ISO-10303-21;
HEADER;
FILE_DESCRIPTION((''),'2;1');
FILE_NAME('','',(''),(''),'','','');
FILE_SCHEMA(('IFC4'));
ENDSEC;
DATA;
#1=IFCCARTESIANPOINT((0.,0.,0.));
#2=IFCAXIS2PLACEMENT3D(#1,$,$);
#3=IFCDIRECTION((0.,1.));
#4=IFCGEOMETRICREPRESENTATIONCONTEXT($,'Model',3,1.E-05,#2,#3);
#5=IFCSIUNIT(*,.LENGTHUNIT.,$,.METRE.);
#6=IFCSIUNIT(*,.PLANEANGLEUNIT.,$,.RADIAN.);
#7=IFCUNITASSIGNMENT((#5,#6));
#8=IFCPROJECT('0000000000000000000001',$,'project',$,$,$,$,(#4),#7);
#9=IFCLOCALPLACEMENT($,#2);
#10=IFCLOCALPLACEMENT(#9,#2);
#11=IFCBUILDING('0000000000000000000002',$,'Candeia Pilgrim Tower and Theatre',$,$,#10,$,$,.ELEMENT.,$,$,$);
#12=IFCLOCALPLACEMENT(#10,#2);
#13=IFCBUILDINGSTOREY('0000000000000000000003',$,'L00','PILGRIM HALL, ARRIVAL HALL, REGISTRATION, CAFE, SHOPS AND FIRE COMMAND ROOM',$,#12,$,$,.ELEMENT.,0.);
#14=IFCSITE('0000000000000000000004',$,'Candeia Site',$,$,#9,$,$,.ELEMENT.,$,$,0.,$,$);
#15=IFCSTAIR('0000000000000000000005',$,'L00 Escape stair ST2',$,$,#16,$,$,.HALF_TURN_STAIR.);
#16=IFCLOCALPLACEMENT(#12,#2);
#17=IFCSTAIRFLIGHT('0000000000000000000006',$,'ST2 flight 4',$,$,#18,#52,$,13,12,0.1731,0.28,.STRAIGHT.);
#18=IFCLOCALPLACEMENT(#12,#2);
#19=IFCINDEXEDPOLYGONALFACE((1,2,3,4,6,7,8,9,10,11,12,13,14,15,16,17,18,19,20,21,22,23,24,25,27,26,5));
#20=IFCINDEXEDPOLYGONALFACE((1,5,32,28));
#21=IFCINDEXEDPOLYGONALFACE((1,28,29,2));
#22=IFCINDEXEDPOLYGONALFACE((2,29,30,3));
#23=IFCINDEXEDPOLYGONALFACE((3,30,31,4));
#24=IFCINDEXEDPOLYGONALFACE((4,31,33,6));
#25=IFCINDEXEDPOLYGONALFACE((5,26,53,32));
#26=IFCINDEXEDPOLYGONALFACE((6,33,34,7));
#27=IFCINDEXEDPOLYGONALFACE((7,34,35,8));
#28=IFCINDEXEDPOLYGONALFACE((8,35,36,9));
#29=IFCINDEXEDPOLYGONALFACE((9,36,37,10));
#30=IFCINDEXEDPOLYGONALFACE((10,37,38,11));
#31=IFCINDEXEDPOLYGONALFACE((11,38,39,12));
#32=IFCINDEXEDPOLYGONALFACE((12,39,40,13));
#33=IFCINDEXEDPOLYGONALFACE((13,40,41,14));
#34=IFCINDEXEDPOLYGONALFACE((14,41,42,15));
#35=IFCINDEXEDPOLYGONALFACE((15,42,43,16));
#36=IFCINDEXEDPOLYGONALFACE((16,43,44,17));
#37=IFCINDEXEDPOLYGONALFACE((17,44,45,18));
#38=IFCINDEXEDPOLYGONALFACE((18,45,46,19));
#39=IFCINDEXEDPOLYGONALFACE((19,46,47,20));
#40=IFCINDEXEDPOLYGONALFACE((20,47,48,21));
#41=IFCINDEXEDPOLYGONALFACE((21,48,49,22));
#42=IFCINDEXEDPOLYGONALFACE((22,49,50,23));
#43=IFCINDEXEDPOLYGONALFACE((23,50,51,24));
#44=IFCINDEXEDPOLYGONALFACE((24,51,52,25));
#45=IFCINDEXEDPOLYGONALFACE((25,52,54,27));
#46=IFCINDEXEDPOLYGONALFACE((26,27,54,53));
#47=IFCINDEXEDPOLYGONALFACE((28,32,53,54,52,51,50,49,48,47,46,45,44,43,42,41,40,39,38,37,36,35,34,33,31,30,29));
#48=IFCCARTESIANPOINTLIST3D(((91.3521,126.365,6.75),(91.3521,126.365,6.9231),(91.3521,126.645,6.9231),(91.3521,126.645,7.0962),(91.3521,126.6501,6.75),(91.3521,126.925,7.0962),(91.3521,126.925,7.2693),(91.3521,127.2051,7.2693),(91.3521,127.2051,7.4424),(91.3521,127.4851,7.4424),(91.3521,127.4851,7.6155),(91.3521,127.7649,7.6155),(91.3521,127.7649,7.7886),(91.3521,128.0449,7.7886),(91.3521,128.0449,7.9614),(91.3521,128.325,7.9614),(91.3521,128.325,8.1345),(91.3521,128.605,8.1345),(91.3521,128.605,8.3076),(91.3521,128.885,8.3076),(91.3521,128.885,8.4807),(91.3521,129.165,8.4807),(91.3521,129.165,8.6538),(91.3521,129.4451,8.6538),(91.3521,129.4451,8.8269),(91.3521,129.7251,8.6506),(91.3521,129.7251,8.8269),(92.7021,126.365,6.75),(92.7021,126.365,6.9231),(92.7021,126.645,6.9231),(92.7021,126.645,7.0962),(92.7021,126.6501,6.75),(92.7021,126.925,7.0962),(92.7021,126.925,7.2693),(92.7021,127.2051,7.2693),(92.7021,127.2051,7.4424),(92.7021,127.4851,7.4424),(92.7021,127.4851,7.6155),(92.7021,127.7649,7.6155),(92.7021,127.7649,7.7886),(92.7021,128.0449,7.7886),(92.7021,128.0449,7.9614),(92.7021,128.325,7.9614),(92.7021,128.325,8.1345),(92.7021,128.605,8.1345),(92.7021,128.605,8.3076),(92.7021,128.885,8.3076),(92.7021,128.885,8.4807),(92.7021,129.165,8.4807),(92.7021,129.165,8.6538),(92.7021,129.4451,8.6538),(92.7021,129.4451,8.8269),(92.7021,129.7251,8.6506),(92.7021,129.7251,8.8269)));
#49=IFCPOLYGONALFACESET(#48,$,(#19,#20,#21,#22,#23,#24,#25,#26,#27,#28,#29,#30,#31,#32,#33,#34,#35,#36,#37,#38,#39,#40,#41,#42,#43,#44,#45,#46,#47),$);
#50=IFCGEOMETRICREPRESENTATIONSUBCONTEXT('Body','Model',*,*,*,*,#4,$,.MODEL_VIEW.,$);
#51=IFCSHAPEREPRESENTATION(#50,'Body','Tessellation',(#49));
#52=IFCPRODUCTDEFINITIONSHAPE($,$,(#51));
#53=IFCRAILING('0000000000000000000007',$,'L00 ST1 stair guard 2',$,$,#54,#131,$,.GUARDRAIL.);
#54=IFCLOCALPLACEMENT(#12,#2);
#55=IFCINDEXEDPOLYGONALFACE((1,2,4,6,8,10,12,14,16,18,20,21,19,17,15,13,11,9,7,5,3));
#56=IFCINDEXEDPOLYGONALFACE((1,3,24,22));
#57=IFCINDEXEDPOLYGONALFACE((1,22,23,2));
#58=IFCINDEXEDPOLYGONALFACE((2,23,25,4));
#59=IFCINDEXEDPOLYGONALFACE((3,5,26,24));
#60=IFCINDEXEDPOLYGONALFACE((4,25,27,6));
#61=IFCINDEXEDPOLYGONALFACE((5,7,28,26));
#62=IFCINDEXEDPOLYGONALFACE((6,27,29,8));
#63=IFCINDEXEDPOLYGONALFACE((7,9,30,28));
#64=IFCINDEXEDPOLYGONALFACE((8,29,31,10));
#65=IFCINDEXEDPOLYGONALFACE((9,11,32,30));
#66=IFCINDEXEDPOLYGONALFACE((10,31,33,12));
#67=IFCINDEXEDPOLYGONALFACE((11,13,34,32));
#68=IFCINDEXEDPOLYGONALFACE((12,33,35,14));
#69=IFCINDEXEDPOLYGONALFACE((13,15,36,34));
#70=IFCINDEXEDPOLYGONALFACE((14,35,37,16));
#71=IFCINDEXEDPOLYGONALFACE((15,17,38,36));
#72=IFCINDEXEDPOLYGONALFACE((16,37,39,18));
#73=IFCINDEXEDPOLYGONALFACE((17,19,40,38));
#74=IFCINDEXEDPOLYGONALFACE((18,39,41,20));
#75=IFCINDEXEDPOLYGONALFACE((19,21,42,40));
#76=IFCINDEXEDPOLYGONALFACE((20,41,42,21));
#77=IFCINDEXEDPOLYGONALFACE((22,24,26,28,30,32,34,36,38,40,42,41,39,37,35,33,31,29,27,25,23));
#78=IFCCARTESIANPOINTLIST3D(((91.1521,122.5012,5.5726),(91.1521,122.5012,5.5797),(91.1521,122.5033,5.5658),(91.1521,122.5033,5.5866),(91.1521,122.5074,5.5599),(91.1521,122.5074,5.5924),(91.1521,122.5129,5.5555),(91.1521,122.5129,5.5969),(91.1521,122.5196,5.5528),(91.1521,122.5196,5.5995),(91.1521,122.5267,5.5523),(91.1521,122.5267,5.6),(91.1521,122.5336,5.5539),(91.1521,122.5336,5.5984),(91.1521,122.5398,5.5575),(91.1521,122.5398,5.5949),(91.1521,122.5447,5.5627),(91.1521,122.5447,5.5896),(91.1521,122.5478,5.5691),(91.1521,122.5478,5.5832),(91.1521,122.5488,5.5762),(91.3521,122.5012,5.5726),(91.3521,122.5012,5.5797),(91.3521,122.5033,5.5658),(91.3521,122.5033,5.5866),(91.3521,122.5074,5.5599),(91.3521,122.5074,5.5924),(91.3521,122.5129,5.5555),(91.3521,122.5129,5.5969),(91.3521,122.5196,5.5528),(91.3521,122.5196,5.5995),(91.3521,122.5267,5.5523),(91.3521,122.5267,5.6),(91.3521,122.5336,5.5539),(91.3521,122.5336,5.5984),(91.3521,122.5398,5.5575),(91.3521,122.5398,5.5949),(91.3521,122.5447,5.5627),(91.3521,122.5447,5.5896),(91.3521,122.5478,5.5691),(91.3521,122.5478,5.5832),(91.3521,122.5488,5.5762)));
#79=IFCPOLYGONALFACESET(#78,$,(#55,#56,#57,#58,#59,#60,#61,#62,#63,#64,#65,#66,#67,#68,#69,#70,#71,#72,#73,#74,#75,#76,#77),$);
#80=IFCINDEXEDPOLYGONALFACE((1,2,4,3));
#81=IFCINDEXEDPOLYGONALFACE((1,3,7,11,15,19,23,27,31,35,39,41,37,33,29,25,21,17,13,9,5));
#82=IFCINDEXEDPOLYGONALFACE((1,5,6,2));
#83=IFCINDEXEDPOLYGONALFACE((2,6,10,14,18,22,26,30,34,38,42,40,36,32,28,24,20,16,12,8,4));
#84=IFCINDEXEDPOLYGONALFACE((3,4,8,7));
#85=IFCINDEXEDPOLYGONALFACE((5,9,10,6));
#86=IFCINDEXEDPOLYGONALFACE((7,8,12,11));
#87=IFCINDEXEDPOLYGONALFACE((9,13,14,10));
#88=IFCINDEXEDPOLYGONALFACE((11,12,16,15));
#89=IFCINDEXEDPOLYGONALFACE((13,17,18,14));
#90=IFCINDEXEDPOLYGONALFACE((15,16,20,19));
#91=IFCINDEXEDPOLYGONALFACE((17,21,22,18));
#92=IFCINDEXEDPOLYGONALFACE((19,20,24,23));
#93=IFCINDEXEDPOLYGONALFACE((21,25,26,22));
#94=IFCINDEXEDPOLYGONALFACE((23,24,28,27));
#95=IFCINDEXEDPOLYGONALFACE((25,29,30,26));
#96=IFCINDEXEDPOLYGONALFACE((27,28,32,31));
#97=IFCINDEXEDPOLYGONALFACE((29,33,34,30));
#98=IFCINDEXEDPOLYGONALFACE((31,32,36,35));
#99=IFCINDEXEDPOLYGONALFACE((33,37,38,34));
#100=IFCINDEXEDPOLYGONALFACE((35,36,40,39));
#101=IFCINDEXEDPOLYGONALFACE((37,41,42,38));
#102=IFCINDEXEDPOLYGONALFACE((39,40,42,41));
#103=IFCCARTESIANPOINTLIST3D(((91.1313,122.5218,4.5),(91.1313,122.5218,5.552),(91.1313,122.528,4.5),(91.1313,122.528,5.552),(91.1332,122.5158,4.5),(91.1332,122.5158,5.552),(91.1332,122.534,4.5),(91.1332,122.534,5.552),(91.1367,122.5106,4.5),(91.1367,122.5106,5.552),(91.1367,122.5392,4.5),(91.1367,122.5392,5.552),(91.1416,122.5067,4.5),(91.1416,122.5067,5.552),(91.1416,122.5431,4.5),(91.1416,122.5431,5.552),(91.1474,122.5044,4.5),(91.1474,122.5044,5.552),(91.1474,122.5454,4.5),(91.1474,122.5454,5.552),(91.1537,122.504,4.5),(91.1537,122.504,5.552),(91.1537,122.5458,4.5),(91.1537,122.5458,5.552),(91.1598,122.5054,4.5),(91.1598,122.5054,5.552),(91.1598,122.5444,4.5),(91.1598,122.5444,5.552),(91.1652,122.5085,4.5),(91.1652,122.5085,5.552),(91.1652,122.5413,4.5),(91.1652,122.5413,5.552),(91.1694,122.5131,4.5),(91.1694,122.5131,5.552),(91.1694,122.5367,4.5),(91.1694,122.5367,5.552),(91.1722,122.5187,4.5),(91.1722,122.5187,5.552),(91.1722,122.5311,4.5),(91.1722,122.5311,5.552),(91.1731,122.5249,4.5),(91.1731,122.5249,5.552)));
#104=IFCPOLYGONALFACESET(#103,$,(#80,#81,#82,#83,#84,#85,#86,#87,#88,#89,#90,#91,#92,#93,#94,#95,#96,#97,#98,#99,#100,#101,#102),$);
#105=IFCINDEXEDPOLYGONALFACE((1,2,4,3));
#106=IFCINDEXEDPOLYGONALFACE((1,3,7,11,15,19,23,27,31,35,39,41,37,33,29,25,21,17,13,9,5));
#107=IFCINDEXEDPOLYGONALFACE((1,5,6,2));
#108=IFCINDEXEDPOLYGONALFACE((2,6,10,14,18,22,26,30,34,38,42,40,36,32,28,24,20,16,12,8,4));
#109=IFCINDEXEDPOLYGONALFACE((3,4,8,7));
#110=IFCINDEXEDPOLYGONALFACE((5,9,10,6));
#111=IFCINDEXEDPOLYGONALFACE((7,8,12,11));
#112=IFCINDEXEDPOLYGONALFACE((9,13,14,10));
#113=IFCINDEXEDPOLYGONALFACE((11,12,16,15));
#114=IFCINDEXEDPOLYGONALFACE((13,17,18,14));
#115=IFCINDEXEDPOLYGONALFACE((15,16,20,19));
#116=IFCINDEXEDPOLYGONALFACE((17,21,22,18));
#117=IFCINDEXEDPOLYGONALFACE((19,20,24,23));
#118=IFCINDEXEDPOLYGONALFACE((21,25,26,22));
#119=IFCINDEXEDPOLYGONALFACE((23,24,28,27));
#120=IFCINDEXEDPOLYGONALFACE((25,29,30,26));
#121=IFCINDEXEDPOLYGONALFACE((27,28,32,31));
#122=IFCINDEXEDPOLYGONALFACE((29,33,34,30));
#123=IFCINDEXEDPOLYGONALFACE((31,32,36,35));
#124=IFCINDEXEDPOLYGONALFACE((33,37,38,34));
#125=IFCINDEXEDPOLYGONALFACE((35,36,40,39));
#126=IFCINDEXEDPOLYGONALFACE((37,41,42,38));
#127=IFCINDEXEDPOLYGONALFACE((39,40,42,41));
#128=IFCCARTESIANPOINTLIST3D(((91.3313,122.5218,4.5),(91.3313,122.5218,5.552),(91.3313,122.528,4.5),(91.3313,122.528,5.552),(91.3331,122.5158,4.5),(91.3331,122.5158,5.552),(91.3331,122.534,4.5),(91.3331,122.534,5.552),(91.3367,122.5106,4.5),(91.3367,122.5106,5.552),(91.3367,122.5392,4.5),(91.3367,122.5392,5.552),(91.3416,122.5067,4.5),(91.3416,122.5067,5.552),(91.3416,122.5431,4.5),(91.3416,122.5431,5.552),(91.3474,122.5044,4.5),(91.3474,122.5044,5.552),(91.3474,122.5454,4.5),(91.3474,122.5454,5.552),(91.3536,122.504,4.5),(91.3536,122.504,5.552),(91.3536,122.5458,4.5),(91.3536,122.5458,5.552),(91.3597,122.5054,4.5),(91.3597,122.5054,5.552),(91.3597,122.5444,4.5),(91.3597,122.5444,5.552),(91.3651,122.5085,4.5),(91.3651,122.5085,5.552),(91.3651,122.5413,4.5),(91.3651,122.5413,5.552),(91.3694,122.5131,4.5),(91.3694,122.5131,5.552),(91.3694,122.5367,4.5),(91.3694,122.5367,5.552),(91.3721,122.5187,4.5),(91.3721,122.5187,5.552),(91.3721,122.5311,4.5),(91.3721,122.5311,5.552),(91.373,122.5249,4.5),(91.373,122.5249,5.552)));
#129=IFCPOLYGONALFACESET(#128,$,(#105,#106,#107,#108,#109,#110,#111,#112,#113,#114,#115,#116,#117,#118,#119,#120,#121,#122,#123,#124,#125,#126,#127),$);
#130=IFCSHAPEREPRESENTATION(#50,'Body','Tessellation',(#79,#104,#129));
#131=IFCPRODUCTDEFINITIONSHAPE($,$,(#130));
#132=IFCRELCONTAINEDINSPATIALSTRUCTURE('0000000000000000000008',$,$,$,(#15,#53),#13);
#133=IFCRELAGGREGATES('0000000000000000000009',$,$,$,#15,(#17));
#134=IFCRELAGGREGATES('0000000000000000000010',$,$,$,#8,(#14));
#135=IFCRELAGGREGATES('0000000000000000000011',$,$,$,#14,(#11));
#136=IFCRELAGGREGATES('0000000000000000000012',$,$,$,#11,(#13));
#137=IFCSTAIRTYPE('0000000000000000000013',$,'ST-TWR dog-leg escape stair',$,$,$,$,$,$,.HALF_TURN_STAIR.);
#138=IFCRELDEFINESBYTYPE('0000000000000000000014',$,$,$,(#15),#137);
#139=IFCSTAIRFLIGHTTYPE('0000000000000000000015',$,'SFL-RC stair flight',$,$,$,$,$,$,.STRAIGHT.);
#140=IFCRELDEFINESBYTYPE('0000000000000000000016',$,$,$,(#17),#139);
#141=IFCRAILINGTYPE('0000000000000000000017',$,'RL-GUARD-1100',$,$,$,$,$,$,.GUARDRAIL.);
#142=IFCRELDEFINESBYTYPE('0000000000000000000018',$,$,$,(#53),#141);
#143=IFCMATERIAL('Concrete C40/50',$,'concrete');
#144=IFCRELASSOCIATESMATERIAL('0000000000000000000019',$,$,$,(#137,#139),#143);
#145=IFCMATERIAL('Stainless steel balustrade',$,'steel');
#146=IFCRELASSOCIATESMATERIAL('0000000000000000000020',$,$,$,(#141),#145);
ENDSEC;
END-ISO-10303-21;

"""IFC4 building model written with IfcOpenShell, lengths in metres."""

from ifc_helpers import new_model, si_unit, direction, frame, origin, origin_2d, place, context, subcontext, project, spatial, polyline, circle, outline, extrude, material, type_object, element, aggregate, save


model = new_model("IFC4")

# Units and contexts
model_context = context("Model", 3, precision=1e-05, world=origin(), true_north=direction((0.0, 1.0)))
body_context = subcontext(model_context, "Body", "Model", "MODEL_VIEW")
ifc_project = project(units=[si_unit("LENGTHUNIT", "METRE"), si_unit("PLANEANGLEUNIT", "RADIAN")], contexts=[model_context])

# Site, building, storey
site_placement = place(None, origin())
site = spatial("IfcSite", under=ifc_project, at=site_placement, Name="Candeia Site", CompositionType="ELEMENT", RefElevation=0.0)
building_placement = place(site_placement, origin())
building = spatial("IfcBuilding", under=site, at=building_placement, Name="Candeia Pilgrim Tower and Theatre", CompositionType="ELEMENT")
storey_placement = place(building_placement, origin())
storey = spatial("IfcBuildingStorey", under=building, at=storey_placement, Name="L00", Description="PILGRIM HALL, ARRIVAL HALL, REGISTRATION, CAFE, SHOPS AND FIRE COMMAND ROOM", CompositionType="ELEMENT", Elevation=0.0)

# Shared definitions
ifc_material_1 = material(Name="Concrete C40/50", Category="concrete")

# Stair, stair flight
stair_type = type_object("IfcStairType", Name="ST-TWR dog-leg escape stair", PredefinedType="HALF_TURN_STAIR", material=ifc_material_1)
stair_flight_type = type_object("IfcStairFlightType", Name="SFL-RC stair flight", PredefinedType="STRAIGHT", material=ifc_material_1)
stair_1_placement = place(storey_placement, origin())
stair_1 = element("IfcStair", 1, at=stair_1_placement, inside=storey, type_object=stair_type, Name="L00 Escape stair ST2", PredefinedType="HALF_TURN_STAIR")
stair_flight_1_placement = place(storey_placement, frame((92.0271, 126.365, 6.75), z_axis=(0.0, 0.0, 1.0), x_axis=(0.0, 1.0, 0.0)))
stair_flight_1 = element("IfcStairFlight", 2, at=stair_flight_1_placement, type_object=stair_flight_type, Name="ST2 flight 4", NumberOfRisers=13, NumberOfTreads=12, PredefinedType="STRAIGHT", RiserHeight=0.1731, TreadLength=0.28, context=body_context, shape_type="SweptSolid", body=[
    extrude(outline(polyline([(0.0, 0.0), (0.0, 0.1731), (0.28, 0.1731), (0.28, 0.3462), (0.5601, 0.3462), (0.5601, 0.5193), (0.8401, 0.5193), (0.8401, 0.6924), (1.1201, 0.6924), (1.1201, 0.8655), (1.3999, 0.8655), (1.3999, 1.0386), (1.6799, 1.0386), (1.6799, 1.2114), (1.96, 1.2114), (1.96, 1.3845), (2.24, 1.3845), (2.24, 1.5576), (2.52, 1.5576), (2.52, 1.7307), (2.8, 1.7307), (2.8, 1.9038), (3.0801, 1.9038), (3.0801, 2.0769), (3.3601, 2.0769), (3.3601, 2.25), (3.3601, 1.9006), (0.2852, 0.0), (0.0, 0.0)])), frame((0.0, 0.675, 0.0), z_axis=(0.0, -1.0, 0.0), x_axis=(1.0, 0.0, 0.0)), (0.0, 0.0, 1.0), 1.3501),
])
aggregate(stair_1, [stair_flight_1])

# Railing
ifc_material_2 = material(Name="Stainless steel balustrade", Category="steel")
railing_type_1 = type_object("IfcRailingType", Name="RL-GUARD-1100", PredefinedType="GUARDRAIL", material=ifc_material_2)
railing_1_placement = place(storey_placement, frame((91.1521, 122.5249, 4.5)))
element("IfcRailing", 3, at=railing_1_placement, inside=storey, type_object=railing_type_1, Name="L00 ST1 stair guard 2", PredefinedType="GUARDRAIL", context=body_context, shape_type="SweptSolid", body=[
    extrude(circle(Radius=0.0239, at=origin_2d()), frame((0.0, 0.0, 1.0762), z_axis=(1.0, 0.0, 0.0), x_axis=(0.0, 1.0, 0.0)), (0.0, 0.0, 1.0), 0.2),
    extrude(circle(Radius=0.021, at=origin_2d()), origin(), (0.0, 0.0, 1.0), 1.052),
    extrude(circle(Radius=0.021, at=origin_2d()), frame((0.2, 0.0, 0.0)), (0.0, 0.0, 1.0), 1.052),
])

save(model, "model.ifc")
